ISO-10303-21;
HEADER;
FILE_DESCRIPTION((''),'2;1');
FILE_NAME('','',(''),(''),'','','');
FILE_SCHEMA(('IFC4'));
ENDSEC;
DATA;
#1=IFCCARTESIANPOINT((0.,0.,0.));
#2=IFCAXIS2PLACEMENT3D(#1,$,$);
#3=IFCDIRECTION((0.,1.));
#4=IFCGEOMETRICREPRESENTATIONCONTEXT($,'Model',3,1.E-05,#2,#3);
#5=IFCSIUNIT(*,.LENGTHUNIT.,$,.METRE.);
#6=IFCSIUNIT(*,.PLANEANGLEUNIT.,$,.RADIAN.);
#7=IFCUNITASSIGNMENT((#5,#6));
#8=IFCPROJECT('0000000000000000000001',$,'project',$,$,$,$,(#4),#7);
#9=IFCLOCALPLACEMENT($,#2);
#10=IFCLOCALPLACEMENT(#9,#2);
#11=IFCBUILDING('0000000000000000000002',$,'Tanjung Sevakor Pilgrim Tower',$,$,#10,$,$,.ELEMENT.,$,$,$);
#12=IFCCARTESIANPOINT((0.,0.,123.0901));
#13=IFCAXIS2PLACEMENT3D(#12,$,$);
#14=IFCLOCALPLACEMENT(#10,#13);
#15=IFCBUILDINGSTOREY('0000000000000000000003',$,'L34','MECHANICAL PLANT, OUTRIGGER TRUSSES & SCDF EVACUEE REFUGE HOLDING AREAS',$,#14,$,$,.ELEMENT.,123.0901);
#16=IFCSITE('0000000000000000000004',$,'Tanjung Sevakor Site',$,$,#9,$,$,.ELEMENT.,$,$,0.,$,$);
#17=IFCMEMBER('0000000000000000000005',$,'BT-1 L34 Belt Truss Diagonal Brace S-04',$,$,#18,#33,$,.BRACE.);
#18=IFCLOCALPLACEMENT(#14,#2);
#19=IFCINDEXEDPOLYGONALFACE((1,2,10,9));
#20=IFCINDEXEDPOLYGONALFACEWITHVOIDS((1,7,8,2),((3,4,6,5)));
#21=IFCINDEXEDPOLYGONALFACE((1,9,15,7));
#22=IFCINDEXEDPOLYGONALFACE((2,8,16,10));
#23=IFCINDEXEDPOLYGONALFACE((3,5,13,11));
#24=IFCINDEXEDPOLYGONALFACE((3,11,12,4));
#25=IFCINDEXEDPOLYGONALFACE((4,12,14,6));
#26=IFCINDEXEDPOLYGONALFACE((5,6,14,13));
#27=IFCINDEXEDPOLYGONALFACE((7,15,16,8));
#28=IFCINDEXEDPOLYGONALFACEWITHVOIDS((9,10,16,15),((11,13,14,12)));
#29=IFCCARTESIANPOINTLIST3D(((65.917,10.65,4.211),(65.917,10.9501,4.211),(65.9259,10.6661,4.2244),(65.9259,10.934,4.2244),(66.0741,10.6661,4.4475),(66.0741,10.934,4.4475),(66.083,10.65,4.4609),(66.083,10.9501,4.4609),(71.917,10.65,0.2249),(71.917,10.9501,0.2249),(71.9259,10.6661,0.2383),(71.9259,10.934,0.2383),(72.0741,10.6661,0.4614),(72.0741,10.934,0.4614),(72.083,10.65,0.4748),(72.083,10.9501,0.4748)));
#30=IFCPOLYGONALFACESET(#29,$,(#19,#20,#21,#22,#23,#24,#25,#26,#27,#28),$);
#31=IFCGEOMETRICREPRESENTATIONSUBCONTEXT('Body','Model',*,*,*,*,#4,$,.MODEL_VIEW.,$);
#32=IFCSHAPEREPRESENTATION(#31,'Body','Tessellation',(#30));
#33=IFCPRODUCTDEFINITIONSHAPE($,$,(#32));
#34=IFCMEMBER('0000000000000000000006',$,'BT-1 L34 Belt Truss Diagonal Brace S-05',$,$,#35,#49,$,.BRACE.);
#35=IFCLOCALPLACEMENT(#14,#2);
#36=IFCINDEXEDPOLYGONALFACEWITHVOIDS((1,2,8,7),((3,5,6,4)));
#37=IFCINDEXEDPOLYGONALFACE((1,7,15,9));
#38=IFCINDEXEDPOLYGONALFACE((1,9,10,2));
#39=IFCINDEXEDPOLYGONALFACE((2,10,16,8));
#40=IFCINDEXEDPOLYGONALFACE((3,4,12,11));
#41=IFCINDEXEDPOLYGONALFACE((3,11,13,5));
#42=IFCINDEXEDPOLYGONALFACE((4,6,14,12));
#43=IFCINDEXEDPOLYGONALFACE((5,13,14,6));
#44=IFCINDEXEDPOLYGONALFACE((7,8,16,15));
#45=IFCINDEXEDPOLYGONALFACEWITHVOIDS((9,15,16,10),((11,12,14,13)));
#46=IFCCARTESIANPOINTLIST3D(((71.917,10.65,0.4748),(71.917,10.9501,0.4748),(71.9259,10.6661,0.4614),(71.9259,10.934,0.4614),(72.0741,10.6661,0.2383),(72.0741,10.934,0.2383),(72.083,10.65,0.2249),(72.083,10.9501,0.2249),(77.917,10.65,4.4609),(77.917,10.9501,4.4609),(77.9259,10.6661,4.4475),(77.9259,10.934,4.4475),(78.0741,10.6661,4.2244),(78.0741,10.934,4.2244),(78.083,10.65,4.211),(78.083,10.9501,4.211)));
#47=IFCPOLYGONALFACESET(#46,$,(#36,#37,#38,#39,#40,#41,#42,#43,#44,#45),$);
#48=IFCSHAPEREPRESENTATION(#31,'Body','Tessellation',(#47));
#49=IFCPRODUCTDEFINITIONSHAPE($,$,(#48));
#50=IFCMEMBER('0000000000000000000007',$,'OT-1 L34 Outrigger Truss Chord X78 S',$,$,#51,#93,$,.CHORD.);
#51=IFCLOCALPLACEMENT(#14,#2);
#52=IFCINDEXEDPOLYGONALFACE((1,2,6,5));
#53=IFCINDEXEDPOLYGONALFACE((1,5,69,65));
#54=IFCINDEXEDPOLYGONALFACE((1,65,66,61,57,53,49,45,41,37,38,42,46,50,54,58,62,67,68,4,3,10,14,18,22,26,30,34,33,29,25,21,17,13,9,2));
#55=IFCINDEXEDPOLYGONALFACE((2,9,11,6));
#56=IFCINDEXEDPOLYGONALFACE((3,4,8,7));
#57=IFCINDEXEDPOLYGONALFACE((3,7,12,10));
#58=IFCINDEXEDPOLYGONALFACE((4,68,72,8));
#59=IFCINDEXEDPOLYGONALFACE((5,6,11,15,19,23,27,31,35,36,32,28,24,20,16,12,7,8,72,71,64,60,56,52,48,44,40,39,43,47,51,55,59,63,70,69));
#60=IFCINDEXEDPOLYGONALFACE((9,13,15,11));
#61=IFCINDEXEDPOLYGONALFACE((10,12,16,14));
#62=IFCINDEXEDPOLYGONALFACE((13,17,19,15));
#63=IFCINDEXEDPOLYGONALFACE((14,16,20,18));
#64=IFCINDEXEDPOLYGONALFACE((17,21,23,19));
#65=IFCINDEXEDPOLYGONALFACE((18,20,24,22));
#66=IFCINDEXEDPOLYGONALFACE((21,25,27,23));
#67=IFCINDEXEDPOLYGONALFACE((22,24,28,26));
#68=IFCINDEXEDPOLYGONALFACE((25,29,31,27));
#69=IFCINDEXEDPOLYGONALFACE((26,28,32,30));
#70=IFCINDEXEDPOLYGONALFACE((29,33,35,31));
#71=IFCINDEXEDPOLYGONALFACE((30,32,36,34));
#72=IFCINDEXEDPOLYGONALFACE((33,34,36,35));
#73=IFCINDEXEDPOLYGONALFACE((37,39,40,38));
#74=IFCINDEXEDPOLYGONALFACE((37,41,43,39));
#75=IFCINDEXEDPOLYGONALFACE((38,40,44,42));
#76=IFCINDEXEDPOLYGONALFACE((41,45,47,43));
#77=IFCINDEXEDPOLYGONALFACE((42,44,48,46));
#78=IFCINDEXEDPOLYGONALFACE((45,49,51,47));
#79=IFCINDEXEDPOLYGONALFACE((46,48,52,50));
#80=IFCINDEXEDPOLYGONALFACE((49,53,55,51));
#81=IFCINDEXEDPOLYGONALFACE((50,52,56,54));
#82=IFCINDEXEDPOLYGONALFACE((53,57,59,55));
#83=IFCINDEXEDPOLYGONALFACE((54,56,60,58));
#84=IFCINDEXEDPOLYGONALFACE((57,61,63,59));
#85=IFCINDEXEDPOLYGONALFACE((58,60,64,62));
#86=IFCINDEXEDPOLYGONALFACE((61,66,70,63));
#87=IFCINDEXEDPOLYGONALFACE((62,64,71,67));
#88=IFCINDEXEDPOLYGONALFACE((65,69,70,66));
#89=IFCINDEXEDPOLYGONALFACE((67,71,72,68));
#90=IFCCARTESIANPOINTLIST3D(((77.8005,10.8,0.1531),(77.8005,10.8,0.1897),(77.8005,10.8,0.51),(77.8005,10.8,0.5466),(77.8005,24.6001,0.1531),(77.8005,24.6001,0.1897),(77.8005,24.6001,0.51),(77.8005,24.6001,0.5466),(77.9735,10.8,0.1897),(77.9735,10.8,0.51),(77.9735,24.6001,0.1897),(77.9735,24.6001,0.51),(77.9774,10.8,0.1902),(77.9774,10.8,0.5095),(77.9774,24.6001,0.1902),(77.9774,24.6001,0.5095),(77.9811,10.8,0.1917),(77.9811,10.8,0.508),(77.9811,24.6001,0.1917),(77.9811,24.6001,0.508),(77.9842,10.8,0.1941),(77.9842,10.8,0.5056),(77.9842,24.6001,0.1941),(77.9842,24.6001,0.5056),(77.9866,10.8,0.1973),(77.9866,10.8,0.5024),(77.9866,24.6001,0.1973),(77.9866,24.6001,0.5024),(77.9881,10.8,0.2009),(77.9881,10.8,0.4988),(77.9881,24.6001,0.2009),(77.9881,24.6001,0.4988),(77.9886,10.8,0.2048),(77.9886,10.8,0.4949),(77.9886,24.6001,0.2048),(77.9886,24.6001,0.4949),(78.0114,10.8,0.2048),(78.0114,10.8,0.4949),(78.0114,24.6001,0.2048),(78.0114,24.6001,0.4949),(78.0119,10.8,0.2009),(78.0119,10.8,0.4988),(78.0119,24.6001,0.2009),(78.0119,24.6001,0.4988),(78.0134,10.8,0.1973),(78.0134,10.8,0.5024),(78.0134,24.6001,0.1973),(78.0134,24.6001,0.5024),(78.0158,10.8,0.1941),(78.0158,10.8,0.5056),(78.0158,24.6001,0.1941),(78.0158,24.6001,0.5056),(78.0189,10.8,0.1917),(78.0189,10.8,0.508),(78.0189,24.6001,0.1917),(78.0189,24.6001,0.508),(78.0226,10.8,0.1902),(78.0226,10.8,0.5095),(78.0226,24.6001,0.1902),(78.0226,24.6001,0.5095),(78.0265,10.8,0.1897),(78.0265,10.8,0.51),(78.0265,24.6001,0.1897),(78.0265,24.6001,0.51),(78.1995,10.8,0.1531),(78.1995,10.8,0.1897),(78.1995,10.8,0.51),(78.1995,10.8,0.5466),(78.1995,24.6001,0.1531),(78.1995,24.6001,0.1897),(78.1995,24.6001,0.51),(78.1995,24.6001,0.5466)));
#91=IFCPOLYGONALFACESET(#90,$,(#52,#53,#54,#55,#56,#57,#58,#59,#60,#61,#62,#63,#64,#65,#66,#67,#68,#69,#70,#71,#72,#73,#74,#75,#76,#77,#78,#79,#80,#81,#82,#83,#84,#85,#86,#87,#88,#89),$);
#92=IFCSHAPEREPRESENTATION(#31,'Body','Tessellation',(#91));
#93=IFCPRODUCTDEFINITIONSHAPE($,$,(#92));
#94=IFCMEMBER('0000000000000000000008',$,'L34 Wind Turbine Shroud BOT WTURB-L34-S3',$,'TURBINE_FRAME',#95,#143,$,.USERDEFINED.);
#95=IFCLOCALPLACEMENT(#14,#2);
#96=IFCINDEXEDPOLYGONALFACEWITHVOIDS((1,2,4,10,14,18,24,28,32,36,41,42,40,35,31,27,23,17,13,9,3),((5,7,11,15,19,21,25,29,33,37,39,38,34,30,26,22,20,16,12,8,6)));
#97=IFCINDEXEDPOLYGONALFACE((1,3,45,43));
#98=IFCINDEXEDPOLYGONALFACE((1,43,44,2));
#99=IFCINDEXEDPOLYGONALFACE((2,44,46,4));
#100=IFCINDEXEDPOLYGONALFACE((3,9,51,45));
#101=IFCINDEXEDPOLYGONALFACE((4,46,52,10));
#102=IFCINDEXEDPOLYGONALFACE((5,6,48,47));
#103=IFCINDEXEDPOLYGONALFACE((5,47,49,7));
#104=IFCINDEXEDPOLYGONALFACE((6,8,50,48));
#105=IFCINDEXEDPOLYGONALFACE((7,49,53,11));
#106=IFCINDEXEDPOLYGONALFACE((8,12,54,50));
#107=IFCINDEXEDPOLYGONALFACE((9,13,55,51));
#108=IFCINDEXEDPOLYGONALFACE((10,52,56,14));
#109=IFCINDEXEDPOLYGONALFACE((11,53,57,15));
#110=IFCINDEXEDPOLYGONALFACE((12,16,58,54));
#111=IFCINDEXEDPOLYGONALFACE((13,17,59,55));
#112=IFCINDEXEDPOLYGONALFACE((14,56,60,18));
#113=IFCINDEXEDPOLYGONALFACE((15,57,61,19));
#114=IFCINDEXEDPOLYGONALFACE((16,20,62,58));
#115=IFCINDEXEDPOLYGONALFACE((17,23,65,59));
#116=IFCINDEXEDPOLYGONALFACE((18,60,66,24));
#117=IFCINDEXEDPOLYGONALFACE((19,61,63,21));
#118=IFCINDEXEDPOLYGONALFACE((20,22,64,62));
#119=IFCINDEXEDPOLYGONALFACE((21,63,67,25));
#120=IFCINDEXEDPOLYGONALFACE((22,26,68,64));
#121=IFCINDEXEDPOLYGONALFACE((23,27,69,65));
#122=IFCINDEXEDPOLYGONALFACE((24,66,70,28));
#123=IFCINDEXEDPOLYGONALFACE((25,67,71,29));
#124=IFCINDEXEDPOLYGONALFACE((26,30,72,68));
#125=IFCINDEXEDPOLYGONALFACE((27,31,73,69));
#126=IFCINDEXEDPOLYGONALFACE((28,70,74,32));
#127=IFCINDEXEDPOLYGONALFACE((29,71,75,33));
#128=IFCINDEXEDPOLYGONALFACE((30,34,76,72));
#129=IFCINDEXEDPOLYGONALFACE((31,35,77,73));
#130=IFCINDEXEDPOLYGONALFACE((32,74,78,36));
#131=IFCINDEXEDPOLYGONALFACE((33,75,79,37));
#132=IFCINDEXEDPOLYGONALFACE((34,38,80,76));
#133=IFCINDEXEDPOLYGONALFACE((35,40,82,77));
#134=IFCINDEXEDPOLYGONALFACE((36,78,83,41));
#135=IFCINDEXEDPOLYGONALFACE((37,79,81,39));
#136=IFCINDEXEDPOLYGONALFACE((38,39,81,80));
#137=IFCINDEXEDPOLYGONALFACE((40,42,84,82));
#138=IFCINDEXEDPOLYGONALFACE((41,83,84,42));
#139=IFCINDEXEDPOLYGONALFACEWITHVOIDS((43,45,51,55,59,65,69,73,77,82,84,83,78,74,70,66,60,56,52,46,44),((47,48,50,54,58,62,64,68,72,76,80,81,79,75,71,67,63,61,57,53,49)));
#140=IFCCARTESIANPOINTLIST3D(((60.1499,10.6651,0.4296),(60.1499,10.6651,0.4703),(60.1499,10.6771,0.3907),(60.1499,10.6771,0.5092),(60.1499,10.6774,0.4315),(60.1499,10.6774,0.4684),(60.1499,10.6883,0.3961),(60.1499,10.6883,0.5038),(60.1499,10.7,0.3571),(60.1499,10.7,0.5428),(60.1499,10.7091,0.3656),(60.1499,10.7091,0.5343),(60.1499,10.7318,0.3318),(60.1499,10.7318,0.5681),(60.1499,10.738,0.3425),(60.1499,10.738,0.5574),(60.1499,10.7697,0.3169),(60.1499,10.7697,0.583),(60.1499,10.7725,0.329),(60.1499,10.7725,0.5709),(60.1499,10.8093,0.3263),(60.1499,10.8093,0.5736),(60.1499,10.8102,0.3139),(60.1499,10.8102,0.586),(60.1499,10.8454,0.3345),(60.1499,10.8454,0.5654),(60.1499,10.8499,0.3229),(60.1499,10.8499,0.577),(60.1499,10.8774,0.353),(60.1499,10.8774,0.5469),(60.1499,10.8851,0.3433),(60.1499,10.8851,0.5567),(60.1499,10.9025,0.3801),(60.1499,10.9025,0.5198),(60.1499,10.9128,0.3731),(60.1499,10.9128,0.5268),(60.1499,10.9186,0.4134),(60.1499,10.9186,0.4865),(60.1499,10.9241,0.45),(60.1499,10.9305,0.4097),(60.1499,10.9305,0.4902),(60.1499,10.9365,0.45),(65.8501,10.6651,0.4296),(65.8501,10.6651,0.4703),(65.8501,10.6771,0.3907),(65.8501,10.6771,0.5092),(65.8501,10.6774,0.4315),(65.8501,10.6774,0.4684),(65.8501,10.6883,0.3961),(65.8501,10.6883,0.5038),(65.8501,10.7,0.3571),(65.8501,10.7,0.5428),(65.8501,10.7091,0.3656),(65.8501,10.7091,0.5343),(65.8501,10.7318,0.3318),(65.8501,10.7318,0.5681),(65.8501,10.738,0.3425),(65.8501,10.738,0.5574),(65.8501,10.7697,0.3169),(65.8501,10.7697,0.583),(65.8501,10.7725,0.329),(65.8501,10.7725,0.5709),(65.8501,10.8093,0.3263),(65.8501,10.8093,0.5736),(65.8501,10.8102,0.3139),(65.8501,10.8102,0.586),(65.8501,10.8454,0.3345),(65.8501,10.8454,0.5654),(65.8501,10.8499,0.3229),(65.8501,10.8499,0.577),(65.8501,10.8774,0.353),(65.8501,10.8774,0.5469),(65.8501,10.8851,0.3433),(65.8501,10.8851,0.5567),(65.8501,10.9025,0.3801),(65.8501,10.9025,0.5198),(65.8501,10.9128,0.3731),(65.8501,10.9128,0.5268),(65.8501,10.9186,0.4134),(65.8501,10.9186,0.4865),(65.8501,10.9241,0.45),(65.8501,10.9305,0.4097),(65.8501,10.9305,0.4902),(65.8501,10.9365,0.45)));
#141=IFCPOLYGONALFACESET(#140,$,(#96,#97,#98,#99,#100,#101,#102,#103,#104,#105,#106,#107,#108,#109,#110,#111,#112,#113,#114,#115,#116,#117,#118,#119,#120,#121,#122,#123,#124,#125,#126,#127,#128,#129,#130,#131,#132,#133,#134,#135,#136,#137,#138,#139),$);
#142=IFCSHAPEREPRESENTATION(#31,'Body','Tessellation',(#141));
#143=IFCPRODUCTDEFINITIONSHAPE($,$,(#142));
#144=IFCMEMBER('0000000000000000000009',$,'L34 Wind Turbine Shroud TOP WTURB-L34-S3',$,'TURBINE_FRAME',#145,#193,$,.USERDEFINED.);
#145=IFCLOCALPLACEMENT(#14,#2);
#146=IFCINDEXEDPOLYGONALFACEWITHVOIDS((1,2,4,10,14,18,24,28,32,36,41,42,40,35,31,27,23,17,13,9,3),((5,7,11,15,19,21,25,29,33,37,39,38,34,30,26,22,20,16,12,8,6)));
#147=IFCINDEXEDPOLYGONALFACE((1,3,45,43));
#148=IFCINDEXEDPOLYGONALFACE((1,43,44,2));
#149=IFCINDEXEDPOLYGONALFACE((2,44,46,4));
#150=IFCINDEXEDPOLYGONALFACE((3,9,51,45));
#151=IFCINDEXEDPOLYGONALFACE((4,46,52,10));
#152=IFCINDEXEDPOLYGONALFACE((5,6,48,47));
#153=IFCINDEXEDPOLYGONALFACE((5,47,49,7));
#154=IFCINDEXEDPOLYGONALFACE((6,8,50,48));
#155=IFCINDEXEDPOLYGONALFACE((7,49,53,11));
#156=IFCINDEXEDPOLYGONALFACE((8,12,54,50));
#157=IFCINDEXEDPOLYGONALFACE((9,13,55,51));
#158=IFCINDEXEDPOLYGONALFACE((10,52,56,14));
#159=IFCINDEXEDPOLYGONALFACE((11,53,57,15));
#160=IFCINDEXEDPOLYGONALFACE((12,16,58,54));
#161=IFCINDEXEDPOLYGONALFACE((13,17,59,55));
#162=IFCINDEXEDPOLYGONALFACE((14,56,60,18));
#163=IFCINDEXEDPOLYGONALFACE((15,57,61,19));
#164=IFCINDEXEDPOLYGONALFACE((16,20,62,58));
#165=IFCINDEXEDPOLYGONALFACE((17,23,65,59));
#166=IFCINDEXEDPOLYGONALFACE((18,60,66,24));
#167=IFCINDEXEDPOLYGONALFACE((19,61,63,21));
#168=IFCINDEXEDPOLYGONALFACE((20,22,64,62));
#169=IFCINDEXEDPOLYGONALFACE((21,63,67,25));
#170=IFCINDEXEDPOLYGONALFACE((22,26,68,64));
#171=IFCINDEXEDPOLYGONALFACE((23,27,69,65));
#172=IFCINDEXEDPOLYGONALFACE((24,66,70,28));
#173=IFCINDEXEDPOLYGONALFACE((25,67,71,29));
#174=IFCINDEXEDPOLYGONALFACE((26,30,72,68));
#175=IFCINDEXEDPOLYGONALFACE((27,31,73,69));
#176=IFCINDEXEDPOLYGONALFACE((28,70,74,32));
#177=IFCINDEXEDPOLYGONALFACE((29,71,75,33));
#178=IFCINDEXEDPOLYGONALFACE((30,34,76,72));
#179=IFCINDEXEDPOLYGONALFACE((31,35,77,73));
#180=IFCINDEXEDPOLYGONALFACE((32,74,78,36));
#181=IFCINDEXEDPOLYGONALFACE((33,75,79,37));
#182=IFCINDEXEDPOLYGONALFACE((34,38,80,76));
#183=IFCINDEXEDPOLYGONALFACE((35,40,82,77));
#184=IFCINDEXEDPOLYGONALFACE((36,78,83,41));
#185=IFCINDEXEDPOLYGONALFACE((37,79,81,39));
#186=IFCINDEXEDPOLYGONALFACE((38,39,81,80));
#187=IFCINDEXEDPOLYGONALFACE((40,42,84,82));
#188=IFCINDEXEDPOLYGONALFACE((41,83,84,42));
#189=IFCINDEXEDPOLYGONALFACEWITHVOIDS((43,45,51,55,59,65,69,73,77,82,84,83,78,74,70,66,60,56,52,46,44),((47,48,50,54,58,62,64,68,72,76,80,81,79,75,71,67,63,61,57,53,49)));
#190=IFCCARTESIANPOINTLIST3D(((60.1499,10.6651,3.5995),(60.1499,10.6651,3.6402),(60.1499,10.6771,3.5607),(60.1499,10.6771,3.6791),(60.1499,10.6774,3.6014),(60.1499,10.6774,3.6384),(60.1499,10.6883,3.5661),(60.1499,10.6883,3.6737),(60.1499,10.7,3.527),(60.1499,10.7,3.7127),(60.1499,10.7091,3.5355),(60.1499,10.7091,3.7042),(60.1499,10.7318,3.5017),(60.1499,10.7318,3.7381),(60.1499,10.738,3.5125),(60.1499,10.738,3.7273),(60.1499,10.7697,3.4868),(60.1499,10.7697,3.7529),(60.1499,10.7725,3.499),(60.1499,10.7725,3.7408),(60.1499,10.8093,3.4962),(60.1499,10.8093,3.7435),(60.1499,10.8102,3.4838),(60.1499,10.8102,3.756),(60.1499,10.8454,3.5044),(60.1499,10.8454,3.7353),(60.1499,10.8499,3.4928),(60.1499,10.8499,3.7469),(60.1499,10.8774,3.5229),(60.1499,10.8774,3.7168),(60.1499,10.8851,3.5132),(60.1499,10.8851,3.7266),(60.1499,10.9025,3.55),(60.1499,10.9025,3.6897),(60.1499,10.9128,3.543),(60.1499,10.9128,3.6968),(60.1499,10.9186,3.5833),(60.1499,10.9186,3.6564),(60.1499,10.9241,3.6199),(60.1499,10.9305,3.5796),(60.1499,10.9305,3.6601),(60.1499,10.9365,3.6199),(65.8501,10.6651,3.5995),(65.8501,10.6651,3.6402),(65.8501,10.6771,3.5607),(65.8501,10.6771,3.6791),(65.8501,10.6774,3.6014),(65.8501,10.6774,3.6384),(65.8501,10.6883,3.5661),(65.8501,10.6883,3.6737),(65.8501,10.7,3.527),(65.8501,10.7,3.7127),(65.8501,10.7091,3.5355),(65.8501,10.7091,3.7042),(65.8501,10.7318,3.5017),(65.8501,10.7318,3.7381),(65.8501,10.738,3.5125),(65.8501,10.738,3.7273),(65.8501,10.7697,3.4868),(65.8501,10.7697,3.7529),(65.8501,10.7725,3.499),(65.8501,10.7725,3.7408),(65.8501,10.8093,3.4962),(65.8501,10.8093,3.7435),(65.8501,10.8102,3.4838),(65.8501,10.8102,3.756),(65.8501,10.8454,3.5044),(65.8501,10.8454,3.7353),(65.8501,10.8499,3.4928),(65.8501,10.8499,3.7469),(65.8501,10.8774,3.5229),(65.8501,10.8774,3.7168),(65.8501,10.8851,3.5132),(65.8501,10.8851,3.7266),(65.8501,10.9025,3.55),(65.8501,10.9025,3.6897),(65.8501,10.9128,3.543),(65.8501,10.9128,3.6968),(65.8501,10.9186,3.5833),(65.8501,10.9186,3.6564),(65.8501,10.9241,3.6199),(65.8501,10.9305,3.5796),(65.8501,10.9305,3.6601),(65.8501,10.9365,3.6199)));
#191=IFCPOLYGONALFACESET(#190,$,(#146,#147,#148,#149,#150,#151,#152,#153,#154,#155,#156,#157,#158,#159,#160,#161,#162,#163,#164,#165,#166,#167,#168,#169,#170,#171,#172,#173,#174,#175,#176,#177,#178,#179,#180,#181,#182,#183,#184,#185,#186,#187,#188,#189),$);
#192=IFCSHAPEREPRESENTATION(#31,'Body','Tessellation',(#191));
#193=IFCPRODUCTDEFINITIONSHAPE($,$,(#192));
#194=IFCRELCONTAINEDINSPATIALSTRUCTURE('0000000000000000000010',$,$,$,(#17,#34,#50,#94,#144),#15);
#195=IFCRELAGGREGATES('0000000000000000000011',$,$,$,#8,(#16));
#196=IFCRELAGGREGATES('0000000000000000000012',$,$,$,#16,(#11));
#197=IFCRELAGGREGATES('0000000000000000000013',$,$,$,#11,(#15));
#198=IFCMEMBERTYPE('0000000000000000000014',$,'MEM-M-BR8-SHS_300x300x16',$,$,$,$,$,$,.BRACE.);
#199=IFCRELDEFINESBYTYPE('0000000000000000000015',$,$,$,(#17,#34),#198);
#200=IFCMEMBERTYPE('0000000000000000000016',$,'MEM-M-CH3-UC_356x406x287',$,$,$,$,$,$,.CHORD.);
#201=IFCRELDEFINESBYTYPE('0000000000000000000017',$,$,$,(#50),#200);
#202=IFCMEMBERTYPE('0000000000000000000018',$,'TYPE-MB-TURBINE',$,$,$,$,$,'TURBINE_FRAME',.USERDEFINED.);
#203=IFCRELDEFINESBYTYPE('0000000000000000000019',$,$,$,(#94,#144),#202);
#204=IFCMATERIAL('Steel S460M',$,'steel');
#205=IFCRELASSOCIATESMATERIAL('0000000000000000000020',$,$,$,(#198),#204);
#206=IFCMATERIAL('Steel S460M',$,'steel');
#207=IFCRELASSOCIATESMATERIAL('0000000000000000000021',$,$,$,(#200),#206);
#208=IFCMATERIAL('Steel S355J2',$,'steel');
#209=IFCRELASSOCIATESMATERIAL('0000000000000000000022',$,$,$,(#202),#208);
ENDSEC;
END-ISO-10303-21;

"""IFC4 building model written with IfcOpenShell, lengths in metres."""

from ifc_helpers import new_model, si_unit, direction, frame, origin, origin_2d, place, context, subcontext, project, spatial, hollow_rectangle, hollow_circle, i_section, extrude, material, material_profile, profile_set, type_object, element, save


model = new_model("IFC4")

# Units and contexts
model_context = context("Model", 3, precision=1e-05, world=origin(), true_north=direction((0.0, 1.0)))
body_context = subcontext(model_context, "Body", "Model", "MODEL_VIEW")
ifc_project = project(units=[si_unit("LENGTHUNIT", "METRE"), si_unit("PLANEANGLEUNIT", "RADIAN")], contexts=[model_context])

# Site, building, storey
site_placement = place(None, origin())
site = spatial("IfcSite", under=ifc_project, at=site_placement, Name="Tanjung Sevakor Site", CompositionType="ELEMENT", RefElevation=0.0)
building_placement = place(site_placement, origin())
building = spatial("IfcBuilding", under=site, at=building_placement, Name="Tanjung Sevakor Pilgrim Tower", CompositionType="ELEMENT")
storey_placement = place(building_placement, frame((0.0, 0.0, 123.0901)))
storey = spatial("IfcBuildingStorey", under=building, at=storey_placement, Name="L34", Description="MECHANICAL PLANT, OUTRIGGER TRUSSES & SCDF EVACUEE REFUGE HOLDING AREAS", CompositionType="ELEMENT", Elevation=123.0901)

# Members
ifc_material_1 = material(Name="Steel S460M", Category="steel")
ifc_material_profile_1 = material_profile(ifc_material_1, hollow_rectangle(XDim=0.3, YDim=0.3, WallThickness=0.0161, at=origin_2d()))
ifc_profile_set_1 = profile_set([ifc_material_profile_1], Name="Steel S460M")
member_type_1 = type_object("IfcMemberType", Name="MEM-M-BR8-SHS_300x300x16", PredefinedType="BRACE", material=ifc_profile_set_1)
for number, where, z_axis, x_axis, name in (
    (1, (66.0, 10.8, 4.3359), (0.832941, 0.0, -0.553362), (0.0, 1.0, 0.0), "BT-1 L34 Belt Truss Diagonal Brace S-04"),
    (2, (72.0, 10.8, 0.3499), (0.832941, 0.0, 0.553362), (0.0, 1.0, 0.0), "BT-1 L34 Belt Truss Diagonal Brace S-05"),
):
    element("IfcMember", number, at=place(storey_placement, frame(where, z_axis=z_axis, x_axis=x_axis)), inside=storey, type_object=member_type_1, Name=name, PredefinedType="BRACE", context=body_context, shape_type="SweptSolid", body=[
        extrude(hollow_rectangle(XDim=0.3, YDim=0.3, WallThickness=0.0161, at=origin_2d()), origin(), (0.0, 0.0, 1.0), 7.2034),
    ])
ifc_material_2 = material(Name="Steel S460M", Category="steel")
ifc_material_profile_2 = material_profile(ifc_material_2, i_section(OverallWidth=0.3989, OverallDepth=0.3936, WebThickness=0.0227, FlangeThickness=0.0366, FilletRadius=0.0151, at=origin_2d()))
ifc_profile_set_2 = profile_set([ifc_material_profile_2], Name="Steel S460M")
member_type_2 = type_object("IfcMemberType", Name="MEM-M-CH3-UC_356x406x287", PredefinedType="CHORD", material=ifc_profile_set_2)
member_placement = place(storey_placement, frame((78.0, 10.8, 0.3499), z_axis=(0.0, 1.0, 0.0), x_axis=(-1.0, 0.0, 0.0)))
element("IfcMember", 3, at=member_placement, inside=storey, type_object=member_type_2, Name="OT-1 L34 Outrigger Truss Chord X78 S", PredefinedType="CHORD", context=body_context, shape_type="SweptSolid", body=[
    extrude(i_section(OverallWidth=0.3989, OverallDepth=0.3936, WebThickness=0.0227, FlangeThickness=0.0366, FilletRadius=0.0151, at=origin_2d()), origin(), (0.0, 0.0, 1.0), 13.8),
])
ifc_material_3 = material(Name="Steel S355J2", Category="steel")
ifc_material_profile_3 = material_profile(ifc_material_3, hollow_circle(Radius=0.1365, WallThickness=0.0125, at=origin_2d()))
ifc_profile_set_3 = profile_set([ifc_material_profile_3], Name="Steel S355J2")
member_type_3 = type_object("IfcMemberType", Name="TYPE-MB-TURBINE", ElementType="TURBINE_FRAME", PredefinedType="USERDEFINED", material=ifc_profile_set_3)
for number, where, z_axis, x_axis, name in (
    (4, (60.1499, 10.8, 0.45), (1.0, 0.0, 0.0), (0.0, 1.0, 0.0), "L34 Wind Turbine Shroud BOT WTURB-L34-S3"),
    (5, (60.1499, 10.8, 3.6199), (1.0, 0.0, 0.0), (0.0, 1.0, 0.0), "L34 Wind Turbine Shroud TOP WTURB-L34-S3"),
):
    element("IfcMember", number, at=place(storey_placement, frame(where, z_axis=z_axis, x_axis=x_axis)), inside=storey, type_object=member_type_3, Name=name, ObjectType="TURBINE_FRAME", PredefinedType="USERDEFINED", context=body_context, shape_type="SweptSolid", body=[
        extrude(hollow_circle(Radius=0.1365, WallThickness=0.0125, at=origin_2d()), origin(), (0.0, 0.0, 1.0), 5.7002),
    ])

save(model, "model.ifc")
